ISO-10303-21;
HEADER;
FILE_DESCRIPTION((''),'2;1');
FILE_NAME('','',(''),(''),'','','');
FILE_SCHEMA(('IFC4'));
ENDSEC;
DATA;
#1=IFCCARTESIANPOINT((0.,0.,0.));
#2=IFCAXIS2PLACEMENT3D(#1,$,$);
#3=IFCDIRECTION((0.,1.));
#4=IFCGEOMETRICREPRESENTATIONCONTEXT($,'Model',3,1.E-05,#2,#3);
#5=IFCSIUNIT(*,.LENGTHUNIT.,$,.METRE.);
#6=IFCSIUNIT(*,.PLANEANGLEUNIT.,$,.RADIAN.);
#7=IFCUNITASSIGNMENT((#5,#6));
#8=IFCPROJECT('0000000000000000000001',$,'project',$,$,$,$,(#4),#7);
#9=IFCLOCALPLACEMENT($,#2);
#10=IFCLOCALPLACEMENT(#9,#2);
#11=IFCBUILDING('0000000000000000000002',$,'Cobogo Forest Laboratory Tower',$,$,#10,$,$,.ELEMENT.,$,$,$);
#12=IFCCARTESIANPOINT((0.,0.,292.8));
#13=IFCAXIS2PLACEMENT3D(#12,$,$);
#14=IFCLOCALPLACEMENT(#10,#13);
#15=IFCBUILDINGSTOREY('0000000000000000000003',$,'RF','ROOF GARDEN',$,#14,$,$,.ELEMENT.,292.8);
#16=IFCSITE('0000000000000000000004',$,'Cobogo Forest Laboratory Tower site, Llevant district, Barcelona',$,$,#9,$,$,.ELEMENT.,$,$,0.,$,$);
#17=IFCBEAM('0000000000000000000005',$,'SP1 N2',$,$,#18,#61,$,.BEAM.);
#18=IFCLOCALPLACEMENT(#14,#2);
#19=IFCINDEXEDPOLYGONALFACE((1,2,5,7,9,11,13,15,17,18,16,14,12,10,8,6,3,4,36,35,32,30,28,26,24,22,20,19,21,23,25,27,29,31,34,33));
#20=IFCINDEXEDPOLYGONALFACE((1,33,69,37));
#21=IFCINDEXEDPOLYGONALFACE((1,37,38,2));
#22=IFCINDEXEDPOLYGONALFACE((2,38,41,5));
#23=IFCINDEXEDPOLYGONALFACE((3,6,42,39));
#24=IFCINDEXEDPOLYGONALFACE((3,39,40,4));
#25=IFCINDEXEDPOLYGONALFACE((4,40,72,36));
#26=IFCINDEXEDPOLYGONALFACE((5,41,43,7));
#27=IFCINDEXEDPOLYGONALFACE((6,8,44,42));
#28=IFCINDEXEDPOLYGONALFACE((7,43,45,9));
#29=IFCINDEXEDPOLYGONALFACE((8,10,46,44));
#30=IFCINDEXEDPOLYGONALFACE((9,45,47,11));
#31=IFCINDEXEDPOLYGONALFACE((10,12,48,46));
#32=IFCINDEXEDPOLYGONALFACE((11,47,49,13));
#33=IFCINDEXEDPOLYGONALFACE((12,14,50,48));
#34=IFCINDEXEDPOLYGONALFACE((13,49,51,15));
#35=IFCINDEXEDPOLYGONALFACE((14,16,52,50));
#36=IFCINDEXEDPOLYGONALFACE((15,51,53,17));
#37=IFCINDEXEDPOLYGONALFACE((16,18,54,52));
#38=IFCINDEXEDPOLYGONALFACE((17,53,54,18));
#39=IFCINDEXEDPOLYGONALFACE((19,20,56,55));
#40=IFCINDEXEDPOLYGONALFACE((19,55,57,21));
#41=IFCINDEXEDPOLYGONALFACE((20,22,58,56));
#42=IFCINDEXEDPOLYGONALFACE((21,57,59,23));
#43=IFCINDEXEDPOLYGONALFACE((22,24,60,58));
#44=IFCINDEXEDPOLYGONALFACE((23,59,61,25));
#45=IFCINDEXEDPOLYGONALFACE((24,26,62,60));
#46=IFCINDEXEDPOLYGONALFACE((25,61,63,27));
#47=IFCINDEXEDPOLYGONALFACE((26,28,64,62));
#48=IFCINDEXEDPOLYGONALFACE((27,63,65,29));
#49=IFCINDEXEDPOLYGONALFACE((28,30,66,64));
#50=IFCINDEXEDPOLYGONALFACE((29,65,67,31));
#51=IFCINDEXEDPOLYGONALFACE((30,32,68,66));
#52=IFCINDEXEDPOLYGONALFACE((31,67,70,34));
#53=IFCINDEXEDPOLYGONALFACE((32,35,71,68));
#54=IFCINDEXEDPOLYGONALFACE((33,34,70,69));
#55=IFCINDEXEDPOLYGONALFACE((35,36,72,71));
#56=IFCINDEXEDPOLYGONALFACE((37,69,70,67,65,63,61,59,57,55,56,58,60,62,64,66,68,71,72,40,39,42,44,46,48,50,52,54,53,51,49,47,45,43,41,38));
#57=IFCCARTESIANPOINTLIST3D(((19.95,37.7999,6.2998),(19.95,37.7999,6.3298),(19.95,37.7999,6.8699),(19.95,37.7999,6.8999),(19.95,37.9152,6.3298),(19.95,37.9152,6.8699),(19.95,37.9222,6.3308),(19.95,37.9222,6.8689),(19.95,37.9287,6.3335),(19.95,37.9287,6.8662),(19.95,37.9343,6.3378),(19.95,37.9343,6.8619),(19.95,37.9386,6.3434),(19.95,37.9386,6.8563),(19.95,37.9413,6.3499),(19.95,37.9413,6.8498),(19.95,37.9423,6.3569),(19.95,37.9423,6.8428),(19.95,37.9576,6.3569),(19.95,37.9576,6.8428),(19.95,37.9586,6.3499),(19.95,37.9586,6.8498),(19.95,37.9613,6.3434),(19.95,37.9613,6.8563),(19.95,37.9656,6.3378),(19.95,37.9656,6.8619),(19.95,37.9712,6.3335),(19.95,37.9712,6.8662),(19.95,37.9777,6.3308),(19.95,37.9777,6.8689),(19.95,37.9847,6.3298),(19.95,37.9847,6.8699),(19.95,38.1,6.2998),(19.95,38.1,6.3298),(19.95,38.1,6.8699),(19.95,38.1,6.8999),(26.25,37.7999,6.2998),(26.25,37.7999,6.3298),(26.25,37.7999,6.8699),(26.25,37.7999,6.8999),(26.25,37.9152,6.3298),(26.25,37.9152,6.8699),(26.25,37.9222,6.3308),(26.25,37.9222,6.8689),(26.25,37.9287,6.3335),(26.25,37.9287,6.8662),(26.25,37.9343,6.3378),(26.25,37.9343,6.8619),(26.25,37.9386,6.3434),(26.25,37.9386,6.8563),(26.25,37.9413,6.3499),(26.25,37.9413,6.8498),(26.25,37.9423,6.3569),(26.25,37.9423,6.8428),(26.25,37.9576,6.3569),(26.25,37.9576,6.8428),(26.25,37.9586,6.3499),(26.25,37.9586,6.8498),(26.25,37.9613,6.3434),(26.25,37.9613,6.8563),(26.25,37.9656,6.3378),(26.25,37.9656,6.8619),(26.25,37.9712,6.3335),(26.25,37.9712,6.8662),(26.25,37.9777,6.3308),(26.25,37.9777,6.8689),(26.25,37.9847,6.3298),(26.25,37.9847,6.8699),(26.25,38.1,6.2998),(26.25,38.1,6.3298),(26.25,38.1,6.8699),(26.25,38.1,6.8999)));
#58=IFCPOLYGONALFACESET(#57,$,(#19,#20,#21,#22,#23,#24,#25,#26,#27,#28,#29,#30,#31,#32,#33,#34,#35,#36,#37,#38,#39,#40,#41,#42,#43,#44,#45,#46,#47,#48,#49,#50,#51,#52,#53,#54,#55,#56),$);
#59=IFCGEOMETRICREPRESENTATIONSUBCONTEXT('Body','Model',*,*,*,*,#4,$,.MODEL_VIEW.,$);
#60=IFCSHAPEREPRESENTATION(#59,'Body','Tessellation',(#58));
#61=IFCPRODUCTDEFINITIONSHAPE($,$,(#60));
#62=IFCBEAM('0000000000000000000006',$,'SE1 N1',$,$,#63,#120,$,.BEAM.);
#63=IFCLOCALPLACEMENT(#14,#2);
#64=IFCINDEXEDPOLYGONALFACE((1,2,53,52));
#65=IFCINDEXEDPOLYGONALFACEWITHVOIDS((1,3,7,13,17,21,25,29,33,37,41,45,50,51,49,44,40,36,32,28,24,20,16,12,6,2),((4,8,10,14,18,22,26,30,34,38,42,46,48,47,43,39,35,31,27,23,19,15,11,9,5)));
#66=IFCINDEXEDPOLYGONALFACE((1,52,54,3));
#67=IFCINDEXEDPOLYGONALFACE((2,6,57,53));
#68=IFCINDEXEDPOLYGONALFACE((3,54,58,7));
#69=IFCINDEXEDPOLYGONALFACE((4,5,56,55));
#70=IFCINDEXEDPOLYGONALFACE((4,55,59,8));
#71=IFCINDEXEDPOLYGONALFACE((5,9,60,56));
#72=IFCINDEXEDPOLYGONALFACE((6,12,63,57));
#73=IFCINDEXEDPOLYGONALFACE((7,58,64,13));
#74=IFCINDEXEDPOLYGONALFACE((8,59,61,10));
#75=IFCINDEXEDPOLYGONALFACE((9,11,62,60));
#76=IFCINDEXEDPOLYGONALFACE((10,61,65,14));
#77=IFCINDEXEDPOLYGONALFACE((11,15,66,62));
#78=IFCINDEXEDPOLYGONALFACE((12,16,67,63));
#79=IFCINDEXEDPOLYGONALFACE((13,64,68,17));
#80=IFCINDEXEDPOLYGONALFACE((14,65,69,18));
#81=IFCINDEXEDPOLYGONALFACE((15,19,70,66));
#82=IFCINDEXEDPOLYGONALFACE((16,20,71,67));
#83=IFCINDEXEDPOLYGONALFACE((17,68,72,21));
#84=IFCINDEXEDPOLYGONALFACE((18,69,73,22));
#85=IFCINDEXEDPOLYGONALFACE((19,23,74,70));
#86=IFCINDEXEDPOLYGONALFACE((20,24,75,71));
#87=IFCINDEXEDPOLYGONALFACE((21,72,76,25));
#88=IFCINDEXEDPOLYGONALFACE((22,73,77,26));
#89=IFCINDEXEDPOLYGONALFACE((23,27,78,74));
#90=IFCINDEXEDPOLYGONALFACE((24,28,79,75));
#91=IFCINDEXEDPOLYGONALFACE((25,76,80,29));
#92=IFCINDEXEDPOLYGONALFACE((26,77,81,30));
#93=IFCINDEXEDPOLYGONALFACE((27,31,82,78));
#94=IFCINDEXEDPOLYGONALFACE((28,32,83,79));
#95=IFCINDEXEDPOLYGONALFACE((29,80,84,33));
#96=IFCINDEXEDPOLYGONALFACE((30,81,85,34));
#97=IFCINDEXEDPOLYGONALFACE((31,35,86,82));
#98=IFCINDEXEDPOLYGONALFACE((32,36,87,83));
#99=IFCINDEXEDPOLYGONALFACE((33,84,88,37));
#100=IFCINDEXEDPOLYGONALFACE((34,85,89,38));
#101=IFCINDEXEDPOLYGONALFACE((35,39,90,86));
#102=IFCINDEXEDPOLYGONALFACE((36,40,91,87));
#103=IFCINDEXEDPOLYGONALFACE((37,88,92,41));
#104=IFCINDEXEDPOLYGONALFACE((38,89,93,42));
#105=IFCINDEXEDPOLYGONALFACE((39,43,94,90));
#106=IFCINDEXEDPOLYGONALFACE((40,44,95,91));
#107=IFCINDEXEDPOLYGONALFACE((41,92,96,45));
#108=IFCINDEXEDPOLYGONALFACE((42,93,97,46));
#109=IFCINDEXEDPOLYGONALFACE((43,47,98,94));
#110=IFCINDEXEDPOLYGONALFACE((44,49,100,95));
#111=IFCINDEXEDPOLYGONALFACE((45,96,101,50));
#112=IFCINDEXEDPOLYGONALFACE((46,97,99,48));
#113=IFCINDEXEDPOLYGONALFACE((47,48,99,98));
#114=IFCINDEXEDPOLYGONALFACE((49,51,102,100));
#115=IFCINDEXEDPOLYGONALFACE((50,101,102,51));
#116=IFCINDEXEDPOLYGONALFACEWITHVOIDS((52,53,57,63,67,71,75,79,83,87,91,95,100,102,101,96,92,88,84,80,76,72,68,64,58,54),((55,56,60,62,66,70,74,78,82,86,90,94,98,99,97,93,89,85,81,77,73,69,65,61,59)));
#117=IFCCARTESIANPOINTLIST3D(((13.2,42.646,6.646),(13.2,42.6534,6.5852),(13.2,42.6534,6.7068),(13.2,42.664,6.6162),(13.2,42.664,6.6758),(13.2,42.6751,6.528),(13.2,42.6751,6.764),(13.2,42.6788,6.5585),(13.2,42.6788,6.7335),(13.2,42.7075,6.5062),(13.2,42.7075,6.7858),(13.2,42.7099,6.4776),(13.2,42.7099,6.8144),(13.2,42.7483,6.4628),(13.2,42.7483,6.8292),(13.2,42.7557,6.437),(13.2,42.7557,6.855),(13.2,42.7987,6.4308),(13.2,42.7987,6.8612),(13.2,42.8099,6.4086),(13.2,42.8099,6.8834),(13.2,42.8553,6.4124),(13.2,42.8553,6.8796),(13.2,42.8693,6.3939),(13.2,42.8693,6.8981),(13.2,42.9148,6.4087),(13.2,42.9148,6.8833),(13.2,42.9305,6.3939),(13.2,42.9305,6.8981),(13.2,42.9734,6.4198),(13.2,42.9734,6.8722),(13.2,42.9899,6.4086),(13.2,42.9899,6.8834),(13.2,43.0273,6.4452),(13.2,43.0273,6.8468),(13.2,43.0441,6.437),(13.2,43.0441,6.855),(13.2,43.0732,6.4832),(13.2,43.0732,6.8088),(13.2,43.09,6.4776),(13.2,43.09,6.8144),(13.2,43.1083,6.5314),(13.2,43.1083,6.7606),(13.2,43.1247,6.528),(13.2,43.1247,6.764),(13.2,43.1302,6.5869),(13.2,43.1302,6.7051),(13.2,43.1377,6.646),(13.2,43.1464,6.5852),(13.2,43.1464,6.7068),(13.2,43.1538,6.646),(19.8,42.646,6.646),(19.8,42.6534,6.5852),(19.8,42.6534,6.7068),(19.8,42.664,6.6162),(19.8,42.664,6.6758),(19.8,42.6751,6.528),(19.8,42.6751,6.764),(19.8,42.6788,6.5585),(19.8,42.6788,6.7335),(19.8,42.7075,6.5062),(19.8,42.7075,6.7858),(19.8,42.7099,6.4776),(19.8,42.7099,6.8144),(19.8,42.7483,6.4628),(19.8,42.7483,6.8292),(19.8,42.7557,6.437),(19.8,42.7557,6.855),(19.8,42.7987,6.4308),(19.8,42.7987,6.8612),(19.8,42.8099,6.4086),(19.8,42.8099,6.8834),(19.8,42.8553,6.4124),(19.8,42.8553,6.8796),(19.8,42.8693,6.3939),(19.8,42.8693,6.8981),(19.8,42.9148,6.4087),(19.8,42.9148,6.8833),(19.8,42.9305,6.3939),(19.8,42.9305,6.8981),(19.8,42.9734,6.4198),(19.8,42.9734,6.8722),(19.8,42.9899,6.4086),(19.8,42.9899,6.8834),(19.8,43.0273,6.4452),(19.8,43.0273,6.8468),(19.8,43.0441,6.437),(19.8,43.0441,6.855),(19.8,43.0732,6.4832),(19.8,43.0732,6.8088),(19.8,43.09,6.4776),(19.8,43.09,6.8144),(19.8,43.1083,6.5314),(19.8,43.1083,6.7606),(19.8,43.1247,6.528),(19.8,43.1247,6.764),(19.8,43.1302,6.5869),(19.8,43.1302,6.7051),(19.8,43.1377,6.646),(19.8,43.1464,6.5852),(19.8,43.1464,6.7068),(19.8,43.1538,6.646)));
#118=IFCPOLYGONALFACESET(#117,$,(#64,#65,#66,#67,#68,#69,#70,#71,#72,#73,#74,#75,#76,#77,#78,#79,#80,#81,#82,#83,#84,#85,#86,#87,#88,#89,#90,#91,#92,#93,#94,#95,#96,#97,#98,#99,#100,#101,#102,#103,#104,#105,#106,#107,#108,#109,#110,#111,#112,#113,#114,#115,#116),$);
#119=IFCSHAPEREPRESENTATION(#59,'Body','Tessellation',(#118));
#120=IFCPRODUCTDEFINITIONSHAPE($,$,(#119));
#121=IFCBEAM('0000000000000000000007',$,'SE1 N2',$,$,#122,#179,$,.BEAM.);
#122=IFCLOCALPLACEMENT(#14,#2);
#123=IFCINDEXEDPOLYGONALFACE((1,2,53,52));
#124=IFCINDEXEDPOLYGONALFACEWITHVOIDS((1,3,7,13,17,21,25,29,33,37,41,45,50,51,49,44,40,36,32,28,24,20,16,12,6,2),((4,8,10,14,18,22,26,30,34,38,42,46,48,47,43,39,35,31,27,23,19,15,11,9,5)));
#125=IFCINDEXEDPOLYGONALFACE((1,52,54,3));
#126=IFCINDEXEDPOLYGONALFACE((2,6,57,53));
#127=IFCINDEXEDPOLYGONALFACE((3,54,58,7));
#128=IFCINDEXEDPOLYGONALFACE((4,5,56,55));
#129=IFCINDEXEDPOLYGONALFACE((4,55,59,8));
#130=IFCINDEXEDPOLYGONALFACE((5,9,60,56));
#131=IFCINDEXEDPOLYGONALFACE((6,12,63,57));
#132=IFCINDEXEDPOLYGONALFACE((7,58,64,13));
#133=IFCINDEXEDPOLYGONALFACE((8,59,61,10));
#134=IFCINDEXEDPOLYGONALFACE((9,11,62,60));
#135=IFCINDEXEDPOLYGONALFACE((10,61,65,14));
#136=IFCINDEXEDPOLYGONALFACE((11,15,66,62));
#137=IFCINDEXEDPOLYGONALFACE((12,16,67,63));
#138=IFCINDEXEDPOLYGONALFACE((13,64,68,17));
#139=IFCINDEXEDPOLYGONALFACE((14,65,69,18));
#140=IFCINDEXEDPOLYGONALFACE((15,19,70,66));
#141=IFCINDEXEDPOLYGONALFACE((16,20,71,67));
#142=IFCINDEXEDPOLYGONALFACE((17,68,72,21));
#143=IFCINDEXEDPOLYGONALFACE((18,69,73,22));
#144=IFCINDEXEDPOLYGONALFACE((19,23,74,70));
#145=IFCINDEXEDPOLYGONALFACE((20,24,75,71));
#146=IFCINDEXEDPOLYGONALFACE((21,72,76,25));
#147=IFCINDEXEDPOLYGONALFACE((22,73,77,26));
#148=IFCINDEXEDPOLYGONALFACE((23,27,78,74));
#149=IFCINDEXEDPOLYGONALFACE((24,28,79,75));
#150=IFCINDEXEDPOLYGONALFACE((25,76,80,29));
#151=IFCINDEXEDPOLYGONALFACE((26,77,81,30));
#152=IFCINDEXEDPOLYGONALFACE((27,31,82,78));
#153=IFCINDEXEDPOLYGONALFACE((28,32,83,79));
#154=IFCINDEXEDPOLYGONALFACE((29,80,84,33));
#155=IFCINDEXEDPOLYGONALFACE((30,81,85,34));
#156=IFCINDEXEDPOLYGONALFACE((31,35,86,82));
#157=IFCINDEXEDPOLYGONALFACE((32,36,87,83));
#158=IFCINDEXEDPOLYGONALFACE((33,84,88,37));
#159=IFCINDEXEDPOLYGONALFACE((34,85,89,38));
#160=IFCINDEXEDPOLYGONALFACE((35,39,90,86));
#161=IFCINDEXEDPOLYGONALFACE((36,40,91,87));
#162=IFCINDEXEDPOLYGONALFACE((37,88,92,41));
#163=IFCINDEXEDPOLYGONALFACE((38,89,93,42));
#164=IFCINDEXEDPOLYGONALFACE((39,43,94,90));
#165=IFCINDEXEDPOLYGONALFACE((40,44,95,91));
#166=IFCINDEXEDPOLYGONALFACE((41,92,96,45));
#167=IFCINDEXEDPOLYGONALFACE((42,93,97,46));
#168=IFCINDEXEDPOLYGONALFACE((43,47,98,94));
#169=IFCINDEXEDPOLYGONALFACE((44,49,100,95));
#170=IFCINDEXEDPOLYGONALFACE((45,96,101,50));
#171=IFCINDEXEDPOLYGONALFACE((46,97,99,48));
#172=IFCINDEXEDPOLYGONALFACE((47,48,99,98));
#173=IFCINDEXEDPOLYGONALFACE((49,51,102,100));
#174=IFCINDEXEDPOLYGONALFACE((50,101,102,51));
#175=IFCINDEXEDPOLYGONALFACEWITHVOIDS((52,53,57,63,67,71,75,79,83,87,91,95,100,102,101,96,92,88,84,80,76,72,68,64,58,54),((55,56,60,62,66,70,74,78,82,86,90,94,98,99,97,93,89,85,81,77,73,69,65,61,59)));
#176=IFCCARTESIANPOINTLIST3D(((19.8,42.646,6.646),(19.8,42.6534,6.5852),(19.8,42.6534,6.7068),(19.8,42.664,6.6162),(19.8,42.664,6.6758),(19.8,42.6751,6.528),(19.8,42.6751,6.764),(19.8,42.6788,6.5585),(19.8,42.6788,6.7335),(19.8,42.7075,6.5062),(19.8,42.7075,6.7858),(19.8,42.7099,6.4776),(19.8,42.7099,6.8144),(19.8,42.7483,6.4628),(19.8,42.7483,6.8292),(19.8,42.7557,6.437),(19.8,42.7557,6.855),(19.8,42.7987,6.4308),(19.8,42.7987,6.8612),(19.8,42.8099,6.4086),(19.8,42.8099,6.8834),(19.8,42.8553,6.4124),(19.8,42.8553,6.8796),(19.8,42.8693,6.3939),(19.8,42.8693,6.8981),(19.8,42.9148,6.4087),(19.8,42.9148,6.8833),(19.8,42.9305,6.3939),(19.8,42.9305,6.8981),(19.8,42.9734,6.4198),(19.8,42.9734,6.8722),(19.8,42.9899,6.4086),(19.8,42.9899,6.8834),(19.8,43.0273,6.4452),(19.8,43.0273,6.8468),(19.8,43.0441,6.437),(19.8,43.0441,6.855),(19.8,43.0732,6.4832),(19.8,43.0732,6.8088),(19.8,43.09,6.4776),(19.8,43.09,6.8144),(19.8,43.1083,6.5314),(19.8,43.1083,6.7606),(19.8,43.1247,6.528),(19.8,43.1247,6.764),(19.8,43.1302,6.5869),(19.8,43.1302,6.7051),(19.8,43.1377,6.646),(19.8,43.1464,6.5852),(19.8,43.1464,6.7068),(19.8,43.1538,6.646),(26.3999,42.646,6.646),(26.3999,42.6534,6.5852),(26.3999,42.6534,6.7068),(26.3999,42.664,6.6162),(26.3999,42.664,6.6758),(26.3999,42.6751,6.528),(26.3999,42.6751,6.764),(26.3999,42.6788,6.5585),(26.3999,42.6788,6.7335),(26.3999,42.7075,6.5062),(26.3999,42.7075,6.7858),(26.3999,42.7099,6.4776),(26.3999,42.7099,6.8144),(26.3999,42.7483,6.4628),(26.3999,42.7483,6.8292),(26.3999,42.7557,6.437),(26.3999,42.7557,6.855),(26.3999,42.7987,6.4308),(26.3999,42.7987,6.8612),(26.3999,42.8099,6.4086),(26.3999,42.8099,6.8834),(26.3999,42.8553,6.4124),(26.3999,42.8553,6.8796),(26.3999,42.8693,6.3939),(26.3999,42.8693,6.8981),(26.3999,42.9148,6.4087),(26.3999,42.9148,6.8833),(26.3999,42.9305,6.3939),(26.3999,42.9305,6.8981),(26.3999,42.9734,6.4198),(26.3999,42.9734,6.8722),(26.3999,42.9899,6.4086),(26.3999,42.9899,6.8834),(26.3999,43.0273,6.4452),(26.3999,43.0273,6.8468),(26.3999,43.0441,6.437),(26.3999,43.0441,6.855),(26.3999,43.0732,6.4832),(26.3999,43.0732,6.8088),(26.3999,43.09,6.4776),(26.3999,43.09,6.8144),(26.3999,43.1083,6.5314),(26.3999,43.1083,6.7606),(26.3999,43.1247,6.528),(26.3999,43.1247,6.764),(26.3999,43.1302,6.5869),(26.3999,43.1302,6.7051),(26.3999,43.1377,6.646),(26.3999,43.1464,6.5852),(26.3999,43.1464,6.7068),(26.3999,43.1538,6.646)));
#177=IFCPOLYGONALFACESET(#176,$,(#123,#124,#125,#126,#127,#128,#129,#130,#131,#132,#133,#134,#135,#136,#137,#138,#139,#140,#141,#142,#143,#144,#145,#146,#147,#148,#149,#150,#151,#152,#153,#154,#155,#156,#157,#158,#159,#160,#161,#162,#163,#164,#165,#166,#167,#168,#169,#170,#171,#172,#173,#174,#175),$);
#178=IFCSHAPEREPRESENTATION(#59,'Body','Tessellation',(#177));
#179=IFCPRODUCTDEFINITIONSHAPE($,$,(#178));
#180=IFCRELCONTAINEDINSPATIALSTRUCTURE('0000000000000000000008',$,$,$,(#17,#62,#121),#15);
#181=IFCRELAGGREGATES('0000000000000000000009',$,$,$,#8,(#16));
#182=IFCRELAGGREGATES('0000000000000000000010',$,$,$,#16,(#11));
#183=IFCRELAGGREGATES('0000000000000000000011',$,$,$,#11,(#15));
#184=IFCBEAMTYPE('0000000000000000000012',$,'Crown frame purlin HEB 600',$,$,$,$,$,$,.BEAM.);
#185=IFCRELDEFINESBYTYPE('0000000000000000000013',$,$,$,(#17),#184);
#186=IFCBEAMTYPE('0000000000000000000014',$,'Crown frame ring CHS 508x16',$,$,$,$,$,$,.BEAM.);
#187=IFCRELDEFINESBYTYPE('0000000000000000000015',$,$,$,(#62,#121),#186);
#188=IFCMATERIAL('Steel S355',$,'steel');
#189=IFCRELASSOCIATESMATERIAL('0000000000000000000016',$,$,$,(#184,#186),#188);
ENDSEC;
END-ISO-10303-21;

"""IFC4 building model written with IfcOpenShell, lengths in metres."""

from ifc_helpers import new_model, si_unit, direction, frame, origin, origin_2d, place, context, subcontext, project, spatial, hollow_circle, i_section, extrude, material, material_profile, profile_set, type_object, element, save


model = new_model("IFC4")

# Units and contexts
model_context = context("Model", 3, precision=1e-05, world=origin(), true_north=direction((0.0, 1.0)))
body_context = subcontext(model_context, "Body", "Model", "MODEL_VIEW")
ifc_project = project(units=[si_unit("LENGTHUNIT", "METRE"), si_unit("PLANEANGLEUNIT", "RADIAN")], contexts=[model_context])

# Site, building, storey
site_placement = place(None, origin())
site = spatial("IfcSite", under=ifc_project, at=site_placement, Name="Cobogo Forest Laboratory Tower site, Llevant district, Barcelona", CompositionType="ELEMENT", RefElevation=0.0)
building_placement = place(site_placement, origin())
building = spatial("IfcBuilding", under=site, at=building_placement, Name="Cobogo Forest Laboratory Tower", CompositionType="ELEMENT")
storey_placement = place(building_placement, frame((0.0, 0.0, 292.8)))
storey = spatial("IfcBuildingStorey", under=building, at=storey_placement, Name="RF", Description="ROOF GARDEN", CompositionType="ELEMENT", Elevation=292.8)

# Shared definitions
ifc_material_1 = material(Name="Steel S355", Category="steel")

# Beams
ifc_material_profile_1 = material_profile(ifc_material_1, i_section(OverallWidth=0.3, OverallDepth=0.6001, WebThickness=0.0154, FlangeThickness=0.03, FilletRadius=0.0271, at=origin_2d()), Name="HEB 600")
ifc_profile_set_1 = profile_set([ifc_material_profile_1], Name="Steel S355")
beam_type_1 = type_object("IfcBeamType", Name="Crown frame purlin HEB 600", PredefinedType="BEAM", material=ifc_profile_set_1)
beam_1_placement = place(storey_placement, frame((19.95, 37.95, 6.5999), z_axis=(1.0, 0.0, 0.0), x_axis=(0.0, 1.0, 0.0)))
element("IfcBeam", 1, at=beam_1_placement, inside=storey, type_object=beam_type_1, Name="SP1 N2", PredefinedType="BEAM", context=body_context, shape_type="SweptSolid", body=[
    extrude(i_section(OverallWidth=0.3, OverallDepth=0.6001, WebThickness=0.0154, FlangeThickness=0.03, FilletRadius=0.0271, at=origin_2d()), origin(), (0.0, 0.0, 1.0), 6.3),
])
ifc_material_profile_2 = material_profile(ifc_material_1, hollow_circle(Radius=0.2539, WallThickness=0.0161, at=origin_2d()), Name="CHS 508x16")
ifc_profile_set_2 = profile_set([ifc_material_profile_2], Name="Steel S355")
beam_type_2 = type_object("IfcBeamType", Name="Crown frame ring CHS 508x16", PredefinedType="BEAM", material=ifc_profile_set_2)
beam_2_placement = place(storey_placement, frame((13.2, 42.8999, 6.646), z_axis=(1.0, 0.0, 0.0), x_axis=(0.0, 1.0, 0.0)))
element("IfcBeam", 2, at=beam_2_placement, inside=storey, type_object=beam_type_2, Name="SE1 N1", PredefinedType="BEAM", context=body_context, shape_type="SweptSolid", body=[
    extrude(hollow_circle(Radius=0.2539, WallThickness=0.0161, at=origin_2d()), origin(), (0.0, 0.0, 1.0), 6.6001),
])
beam_3_placement = place(storey_placement, frame((19.8, 42.8999, 6.646), z_axis=(1.0, 0.0, 0.0), x_axis=(0.0, 1.0, 0.0)))
element("IfcBeam", 3, at=beam_3_placement, inside=storey, type_object=beam_type_2, Name="SE1 N2", PredefinedType="BEAM", context=body_context, shape_type="SweptSolid", body=[
    extrude(hollow_circle(Radius=0.2539, WallThickness=0.0161, at=origin_2d()), origin(), (0.0, 0.0, 1.0), 6.5999),
])

save(model, "model.ifc")
